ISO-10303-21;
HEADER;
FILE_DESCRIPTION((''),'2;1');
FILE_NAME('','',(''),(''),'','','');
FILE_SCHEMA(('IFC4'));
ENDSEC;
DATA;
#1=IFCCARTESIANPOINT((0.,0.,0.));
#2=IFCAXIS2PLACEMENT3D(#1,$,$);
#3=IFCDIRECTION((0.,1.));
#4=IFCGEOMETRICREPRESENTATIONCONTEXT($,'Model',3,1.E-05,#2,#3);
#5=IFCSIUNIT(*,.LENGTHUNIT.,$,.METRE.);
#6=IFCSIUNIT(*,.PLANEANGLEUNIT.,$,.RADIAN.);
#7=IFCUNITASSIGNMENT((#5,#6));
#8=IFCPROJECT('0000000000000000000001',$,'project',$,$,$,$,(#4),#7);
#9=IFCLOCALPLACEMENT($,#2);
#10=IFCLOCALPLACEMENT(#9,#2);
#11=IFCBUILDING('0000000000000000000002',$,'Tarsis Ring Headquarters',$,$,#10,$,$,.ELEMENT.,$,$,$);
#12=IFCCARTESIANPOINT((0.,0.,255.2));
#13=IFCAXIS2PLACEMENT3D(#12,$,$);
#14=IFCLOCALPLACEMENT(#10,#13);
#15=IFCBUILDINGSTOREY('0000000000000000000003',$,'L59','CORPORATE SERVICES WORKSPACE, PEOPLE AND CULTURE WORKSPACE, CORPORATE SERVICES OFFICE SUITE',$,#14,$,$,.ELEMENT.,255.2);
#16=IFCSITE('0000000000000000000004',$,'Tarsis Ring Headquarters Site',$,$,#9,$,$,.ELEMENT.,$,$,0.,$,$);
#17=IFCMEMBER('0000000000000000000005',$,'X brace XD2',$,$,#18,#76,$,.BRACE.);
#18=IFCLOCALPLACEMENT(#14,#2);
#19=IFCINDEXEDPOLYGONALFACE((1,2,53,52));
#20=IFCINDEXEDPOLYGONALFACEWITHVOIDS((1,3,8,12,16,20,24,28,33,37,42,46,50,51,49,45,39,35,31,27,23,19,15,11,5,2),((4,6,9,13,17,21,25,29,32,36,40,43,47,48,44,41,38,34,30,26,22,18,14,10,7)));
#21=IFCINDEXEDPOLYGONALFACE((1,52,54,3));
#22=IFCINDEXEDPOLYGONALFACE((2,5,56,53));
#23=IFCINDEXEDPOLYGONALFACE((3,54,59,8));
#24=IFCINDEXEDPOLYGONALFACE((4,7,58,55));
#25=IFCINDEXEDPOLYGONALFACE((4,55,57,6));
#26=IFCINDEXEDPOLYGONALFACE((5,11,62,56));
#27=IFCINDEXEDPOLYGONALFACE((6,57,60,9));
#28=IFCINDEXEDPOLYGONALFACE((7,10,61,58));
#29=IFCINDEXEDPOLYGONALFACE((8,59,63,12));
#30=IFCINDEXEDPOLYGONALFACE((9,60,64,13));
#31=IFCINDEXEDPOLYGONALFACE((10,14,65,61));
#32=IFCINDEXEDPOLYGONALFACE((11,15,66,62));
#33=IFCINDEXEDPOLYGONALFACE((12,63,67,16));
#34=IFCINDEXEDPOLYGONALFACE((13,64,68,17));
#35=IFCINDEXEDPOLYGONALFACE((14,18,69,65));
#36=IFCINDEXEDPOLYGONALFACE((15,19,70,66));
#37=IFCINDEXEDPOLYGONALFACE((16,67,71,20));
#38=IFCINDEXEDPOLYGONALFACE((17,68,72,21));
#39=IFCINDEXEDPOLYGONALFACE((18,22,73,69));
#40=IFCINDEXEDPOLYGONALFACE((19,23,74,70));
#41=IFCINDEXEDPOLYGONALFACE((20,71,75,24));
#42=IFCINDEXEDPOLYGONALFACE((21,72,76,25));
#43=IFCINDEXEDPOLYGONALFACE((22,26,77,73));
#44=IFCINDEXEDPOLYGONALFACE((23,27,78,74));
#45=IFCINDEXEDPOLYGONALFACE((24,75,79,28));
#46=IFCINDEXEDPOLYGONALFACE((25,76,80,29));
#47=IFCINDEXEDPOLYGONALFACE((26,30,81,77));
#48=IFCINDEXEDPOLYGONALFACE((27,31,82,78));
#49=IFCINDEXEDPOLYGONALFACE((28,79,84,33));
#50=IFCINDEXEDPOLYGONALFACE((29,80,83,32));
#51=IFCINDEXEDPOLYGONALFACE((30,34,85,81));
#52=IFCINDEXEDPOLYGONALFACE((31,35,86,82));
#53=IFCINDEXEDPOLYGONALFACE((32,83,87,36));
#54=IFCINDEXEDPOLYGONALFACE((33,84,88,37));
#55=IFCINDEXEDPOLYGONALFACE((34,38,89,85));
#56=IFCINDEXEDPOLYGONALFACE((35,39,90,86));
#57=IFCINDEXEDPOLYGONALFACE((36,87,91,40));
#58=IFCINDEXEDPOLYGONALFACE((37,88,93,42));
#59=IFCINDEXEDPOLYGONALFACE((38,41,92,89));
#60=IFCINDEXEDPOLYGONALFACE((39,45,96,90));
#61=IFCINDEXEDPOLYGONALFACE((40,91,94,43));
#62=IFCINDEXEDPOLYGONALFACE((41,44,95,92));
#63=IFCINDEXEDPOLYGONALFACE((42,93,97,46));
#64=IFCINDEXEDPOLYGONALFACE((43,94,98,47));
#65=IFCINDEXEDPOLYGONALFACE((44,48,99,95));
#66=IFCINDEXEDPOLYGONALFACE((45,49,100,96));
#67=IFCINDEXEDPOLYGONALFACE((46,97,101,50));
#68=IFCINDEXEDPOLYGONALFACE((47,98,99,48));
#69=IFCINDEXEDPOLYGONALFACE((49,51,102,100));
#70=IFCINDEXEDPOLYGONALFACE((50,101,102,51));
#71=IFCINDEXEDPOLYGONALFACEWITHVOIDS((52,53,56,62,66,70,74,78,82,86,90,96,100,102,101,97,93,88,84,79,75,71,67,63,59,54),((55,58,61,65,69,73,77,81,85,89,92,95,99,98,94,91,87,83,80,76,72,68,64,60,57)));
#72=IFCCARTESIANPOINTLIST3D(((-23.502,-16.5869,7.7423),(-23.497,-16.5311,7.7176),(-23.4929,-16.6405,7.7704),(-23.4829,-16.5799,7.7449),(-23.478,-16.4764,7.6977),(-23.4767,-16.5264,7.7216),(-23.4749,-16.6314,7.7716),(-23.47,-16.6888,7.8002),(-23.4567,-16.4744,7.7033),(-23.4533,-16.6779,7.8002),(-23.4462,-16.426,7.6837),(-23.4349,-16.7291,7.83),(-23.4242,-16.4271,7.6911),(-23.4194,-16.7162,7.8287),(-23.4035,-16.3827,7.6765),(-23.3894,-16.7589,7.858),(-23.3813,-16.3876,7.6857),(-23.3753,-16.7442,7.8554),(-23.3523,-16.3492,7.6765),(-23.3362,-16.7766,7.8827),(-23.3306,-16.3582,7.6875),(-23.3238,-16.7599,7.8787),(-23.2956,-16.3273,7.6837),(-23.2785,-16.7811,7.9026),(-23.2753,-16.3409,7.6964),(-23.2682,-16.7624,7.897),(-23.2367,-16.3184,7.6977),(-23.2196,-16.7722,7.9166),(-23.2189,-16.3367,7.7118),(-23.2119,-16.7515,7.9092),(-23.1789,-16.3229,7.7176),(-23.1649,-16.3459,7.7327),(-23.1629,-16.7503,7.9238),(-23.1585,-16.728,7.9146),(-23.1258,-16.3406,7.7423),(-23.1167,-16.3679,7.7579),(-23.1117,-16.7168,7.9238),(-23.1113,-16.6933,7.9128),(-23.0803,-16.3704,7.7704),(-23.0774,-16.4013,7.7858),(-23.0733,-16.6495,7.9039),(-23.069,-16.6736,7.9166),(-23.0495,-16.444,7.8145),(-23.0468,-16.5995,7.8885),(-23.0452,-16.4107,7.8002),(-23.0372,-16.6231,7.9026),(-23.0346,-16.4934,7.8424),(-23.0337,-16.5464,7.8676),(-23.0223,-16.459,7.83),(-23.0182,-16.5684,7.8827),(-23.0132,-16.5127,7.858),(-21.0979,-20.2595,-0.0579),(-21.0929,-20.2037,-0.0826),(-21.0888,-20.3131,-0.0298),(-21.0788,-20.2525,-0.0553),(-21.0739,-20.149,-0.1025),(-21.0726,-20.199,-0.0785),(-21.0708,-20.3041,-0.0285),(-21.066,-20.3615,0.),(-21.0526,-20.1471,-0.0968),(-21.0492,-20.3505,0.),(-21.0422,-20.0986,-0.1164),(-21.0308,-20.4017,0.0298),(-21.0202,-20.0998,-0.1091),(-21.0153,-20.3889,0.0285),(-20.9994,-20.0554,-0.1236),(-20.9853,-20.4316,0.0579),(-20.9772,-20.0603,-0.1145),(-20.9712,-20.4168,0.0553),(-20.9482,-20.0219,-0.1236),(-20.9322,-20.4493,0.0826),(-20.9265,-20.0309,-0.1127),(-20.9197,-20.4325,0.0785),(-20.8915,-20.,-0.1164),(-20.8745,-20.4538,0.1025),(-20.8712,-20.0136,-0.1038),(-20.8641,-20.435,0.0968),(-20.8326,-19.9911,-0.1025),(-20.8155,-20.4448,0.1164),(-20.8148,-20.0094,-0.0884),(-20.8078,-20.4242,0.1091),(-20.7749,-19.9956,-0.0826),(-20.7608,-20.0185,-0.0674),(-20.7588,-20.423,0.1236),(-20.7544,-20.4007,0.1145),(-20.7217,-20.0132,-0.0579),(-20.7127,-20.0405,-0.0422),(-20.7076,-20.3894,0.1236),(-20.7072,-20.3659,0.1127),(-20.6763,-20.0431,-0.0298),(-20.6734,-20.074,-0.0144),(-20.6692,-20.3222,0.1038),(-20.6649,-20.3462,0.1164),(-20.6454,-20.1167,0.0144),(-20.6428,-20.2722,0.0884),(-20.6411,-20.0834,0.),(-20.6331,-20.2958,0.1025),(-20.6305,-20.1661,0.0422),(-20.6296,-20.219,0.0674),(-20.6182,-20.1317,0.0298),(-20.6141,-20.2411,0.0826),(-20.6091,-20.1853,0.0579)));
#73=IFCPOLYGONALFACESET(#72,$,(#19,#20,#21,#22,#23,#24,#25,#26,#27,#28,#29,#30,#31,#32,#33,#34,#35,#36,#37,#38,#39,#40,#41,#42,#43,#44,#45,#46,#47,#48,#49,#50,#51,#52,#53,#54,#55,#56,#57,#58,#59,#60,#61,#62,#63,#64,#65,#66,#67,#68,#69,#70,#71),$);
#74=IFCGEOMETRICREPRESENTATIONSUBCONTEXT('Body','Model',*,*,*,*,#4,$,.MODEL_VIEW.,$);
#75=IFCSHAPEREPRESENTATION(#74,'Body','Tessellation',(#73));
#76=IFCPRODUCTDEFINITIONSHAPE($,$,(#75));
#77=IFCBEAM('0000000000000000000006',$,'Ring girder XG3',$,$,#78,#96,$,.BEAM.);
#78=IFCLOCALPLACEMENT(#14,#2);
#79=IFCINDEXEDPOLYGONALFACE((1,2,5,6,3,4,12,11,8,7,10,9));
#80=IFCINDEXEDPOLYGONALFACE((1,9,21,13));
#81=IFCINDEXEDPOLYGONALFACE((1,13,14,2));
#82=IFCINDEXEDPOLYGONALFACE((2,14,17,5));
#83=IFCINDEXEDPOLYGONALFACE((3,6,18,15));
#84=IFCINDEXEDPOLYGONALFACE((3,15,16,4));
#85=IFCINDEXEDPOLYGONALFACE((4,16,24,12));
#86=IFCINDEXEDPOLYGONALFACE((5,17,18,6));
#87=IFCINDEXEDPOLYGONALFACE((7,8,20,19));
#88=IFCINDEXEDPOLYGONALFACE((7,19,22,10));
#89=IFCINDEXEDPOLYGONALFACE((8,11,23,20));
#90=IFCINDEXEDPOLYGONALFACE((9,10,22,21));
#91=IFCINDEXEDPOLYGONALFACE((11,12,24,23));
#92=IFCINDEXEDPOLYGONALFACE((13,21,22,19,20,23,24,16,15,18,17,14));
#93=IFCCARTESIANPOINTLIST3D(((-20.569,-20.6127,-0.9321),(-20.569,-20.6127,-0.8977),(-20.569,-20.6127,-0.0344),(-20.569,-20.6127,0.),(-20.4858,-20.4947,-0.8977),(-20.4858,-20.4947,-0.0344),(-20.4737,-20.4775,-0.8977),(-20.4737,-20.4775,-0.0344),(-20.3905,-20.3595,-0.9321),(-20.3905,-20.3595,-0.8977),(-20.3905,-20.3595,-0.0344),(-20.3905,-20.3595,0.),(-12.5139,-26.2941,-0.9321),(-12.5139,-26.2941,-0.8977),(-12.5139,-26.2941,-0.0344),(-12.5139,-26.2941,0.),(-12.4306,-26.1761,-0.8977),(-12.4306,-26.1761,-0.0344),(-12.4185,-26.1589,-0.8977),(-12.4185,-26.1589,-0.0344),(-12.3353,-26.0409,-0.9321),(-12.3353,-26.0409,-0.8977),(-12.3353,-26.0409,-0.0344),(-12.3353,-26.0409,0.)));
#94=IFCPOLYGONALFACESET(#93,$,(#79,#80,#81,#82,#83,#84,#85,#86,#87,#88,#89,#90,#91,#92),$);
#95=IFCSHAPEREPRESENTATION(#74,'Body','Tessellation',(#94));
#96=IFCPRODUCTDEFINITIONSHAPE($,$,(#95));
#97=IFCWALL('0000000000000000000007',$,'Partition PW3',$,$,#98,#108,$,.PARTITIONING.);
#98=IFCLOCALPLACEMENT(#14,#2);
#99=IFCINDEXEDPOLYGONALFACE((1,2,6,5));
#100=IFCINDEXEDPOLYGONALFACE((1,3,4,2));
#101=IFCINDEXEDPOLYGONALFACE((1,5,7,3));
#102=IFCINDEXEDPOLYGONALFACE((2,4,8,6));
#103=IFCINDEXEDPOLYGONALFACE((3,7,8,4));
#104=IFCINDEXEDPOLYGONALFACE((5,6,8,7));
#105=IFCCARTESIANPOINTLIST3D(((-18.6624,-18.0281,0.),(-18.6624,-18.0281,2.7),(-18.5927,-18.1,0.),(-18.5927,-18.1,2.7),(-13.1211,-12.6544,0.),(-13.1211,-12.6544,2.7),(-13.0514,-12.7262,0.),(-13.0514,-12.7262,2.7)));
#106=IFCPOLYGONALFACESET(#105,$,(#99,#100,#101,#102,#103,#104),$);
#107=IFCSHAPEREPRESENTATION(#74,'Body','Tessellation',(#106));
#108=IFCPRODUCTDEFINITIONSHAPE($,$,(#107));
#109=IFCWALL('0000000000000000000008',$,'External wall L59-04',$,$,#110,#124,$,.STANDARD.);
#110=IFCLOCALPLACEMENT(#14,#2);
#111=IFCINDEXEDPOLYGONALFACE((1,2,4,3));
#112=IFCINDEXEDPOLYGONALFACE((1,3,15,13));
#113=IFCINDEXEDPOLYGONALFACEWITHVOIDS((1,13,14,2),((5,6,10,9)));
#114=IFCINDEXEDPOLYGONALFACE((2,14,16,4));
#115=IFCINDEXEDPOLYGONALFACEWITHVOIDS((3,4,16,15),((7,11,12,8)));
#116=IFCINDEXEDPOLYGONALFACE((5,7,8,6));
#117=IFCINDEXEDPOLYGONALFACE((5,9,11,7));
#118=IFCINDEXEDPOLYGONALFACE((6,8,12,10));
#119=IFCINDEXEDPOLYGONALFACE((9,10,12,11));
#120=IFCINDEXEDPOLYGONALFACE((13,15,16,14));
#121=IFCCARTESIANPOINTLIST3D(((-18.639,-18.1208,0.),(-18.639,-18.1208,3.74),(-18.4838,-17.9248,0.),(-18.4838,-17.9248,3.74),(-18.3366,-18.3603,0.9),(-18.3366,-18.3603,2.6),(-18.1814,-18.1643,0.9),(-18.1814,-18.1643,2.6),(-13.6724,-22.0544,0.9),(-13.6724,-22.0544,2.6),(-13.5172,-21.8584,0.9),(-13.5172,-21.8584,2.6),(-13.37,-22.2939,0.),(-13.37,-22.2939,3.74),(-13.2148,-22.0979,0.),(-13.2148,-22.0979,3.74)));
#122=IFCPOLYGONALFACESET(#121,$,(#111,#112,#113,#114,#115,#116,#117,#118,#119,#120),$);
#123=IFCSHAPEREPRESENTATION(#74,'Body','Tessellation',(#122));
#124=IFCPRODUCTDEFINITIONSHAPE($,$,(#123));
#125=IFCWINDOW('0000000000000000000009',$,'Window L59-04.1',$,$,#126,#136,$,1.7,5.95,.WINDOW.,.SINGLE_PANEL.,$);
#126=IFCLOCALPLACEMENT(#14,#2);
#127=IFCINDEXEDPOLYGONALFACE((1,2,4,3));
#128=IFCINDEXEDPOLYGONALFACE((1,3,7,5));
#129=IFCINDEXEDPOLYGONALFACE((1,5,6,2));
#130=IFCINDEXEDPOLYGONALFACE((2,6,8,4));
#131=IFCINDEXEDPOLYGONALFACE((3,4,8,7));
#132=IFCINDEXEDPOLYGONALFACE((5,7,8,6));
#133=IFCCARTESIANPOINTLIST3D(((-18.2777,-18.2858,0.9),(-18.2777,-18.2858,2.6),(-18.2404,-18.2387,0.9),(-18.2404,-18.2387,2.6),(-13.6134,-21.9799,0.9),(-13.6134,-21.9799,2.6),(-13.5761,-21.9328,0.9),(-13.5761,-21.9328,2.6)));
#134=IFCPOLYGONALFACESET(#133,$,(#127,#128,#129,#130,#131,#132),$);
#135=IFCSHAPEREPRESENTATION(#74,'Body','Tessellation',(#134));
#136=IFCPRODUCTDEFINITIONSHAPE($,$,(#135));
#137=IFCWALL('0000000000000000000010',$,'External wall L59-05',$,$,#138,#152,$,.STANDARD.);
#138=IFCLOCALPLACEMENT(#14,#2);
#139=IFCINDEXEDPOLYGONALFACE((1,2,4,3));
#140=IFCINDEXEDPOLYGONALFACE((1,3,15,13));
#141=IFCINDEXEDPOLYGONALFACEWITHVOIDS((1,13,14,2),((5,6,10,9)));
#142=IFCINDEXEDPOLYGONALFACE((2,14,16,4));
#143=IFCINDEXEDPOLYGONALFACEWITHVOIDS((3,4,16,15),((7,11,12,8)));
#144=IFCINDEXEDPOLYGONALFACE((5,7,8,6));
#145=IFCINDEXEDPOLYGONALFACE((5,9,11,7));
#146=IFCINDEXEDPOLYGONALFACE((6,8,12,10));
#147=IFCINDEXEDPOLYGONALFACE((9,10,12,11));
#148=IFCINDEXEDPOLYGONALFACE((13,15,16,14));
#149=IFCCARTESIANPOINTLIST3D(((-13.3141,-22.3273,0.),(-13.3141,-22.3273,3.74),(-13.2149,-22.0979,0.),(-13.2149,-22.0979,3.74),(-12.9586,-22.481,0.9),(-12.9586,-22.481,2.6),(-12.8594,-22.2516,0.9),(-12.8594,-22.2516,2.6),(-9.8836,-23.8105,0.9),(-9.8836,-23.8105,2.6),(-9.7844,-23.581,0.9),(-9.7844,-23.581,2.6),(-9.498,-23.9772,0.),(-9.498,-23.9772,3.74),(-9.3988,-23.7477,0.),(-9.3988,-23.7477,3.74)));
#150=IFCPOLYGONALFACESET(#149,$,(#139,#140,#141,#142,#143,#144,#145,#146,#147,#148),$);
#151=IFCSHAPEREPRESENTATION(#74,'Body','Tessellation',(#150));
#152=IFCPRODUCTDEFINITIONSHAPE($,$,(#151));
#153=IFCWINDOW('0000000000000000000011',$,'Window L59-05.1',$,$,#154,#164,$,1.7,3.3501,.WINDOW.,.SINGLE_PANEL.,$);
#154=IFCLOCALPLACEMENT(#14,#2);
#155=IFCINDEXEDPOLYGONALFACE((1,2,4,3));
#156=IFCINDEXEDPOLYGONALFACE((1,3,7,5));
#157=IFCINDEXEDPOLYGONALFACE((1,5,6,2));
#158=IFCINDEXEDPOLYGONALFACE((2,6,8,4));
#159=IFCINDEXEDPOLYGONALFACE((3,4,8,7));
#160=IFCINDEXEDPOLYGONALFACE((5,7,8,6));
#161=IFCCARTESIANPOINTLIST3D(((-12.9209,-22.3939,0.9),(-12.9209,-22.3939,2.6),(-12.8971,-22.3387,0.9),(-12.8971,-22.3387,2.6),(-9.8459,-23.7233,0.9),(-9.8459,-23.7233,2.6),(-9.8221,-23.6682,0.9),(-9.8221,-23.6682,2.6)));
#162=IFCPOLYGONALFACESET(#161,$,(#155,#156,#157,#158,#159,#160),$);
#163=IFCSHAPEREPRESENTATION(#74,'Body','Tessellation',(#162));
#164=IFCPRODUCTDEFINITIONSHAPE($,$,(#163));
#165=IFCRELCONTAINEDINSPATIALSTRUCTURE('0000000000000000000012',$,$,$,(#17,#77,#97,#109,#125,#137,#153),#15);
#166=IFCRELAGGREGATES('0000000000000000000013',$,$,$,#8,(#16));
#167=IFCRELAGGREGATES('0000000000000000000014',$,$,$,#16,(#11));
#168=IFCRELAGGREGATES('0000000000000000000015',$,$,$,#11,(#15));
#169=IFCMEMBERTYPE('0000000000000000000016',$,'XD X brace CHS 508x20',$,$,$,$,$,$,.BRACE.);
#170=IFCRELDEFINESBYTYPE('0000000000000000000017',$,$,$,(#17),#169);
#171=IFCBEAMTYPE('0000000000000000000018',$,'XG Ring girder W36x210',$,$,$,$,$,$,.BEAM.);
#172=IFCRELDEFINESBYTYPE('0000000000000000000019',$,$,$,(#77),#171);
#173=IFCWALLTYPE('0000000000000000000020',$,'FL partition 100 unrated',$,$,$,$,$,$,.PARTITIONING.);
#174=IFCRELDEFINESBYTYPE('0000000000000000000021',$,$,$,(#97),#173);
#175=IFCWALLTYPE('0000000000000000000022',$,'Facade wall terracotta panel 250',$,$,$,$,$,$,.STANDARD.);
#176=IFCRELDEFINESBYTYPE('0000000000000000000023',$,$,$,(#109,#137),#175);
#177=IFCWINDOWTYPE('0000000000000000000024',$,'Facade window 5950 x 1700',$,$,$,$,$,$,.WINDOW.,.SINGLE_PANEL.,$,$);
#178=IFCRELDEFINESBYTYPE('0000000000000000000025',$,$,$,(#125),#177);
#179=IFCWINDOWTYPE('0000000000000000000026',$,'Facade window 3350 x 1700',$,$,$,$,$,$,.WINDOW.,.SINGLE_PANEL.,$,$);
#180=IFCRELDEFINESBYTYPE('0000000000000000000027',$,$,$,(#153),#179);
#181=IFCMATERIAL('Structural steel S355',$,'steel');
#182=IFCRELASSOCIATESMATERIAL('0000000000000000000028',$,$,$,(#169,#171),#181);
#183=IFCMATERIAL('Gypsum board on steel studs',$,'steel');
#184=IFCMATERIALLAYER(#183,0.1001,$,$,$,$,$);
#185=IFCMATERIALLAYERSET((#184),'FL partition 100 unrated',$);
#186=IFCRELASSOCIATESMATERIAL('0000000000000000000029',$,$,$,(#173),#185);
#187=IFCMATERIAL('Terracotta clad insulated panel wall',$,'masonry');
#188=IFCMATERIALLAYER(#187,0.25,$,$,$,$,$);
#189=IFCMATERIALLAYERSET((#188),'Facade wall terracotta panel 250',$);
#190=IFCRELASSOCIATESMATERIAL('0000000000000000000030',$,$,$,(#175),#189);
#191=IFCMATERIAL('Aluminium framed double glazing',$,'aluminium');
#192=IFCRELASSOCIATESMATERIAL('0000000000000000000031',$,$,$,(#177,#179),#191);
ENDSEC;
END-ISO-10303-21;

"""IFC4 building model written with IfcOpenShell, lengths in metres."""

from ifc_helpers import new_model, si_unit, direction, frame, frame_2d, origin, origin_2d, place, context, subcontext, project, spatial, rectangle, hollow_circle, i_section, extrude, material, layer, layer_set, material_profile, profile_set, type_object, element, fill, save


model = new_model("IFC4")

# Units and contexts
model_context = context("Model", 3, precision=1e-05, world=origin(), true_north=direction((0.0, 1.0)))
body_context = subcontext(model_context, "Body", "Model", "MODEL_VIEW")
ifc_project = project(units=[si_unit("LENGTHUNIT", "METRE"), si_unit("PLANEANGLEUNIT", "RADIAN")], contexts=[model_context])

# Site, building, storey
site_placement = place(None, origin())
site = spatial("IfcSite", under=ifc_project, at=site_placement, Name="Tarsis Ring Headquarters Site", CompositionType="ELEMENT", RefElevation=0.0)
building_placement = place(site_placement, origin())
building = spatial("IfcBuilding", under=site, at=building_placement, Name="Tarsis Ring Headquarters", CompositionType="ELEMENT")
storey_placement = place(building_placement, frame((0.0, 0.0, 255.2)))
storey = spatial("IfcBuildingStorey", under=building, at=storey_placement, Name="L59", Description="CORPORATE SERVICES WORKSPACE, PEOPLE AND CULTURE WORKSPACE, CORPORATE SERVICES OFFICE SUITE", CompositionType="ELEMENT", Elevation=255.2)

# Shared definitions
ifc_material_1 = material(Name="Structural steel S355", Category="steel")

# Member
ifc_material_profile_1 = material_profile(ifc_material_1, hollow_circle(Radius=0.2539, WallThickness=0.02, at=origin_2d()), Name="CHS 508x20")
ifc_profile_set_1 = profile_set([ifc_material_profile_1], Name="Structural steel S355")
member_type = type_object("IfcMemberType", Name="XD X brace CHS 508x20", PredefinedType="BRACE", material=ifc_profile_set_1)
for number, where, z_axis, x_axis, name in (
    (1, (-20.8535, -20.2224, 0.0), (-0.2686, 0.410332, 0.871482), (-0.836684, -0.547685, 0.0), "X brace XD2"),
):
    element("IfcMember", number, at=place(storey_placement, frame(where, z_axis=z_axis, x_axis=x_axis)), inside=storey, type_object=member_type, Name=name, PredefinedType="BRACE", context=body_context, shape_type="SweptSolid", body=[
        extrude(hollow_circle(Radius=0.2539, WallThickness=0.02, at=origin_2d()), origin(), (0.0, 0.0, 1.0), 8.9504),
    ])

# Beam
ifc_material_profile_2 = material_profile(ifc_material_1, i_section(OverallWidth=0.3098, OverallDepth=0.9321, WebThickness=0.021, FlangeThickness=0.0344, at=origin_2d()), Name="W36x210")
ifc_profile_set_2 = profile_set([ifc_material_profile_2], Name="Structural steel S355")
beam_type_1 = type_object("IfcBeamType", Name="XG Ring girder W36x210", PredefinedType="BEAM", material=ifc_profile_set_2)
beam_1_placement = place(storey_placement, frame((-20.4797, -20.4861, -0.4661), z_axis=(0.817188, -0.576371, 0.0), x_axis=(0.576371, 0.817188, 0.0)))
element("IfcBeam", 2, at=beam_1_placement, inside=storey, type_object=beam_type_1, Name="Ring girder XG3", PredefinedType="BEAM", context=body_context, shape_type="SweptSolid", body=[
    extrude(i_section(OverallWidth=0.3098, OverallDepth=0.9321, WebThickness=0.021, FlangeThickness=0.0344, at=origin_2d()), origin(), (0.0, 0.0, 1.0), 9.8572),
])

# Wall
ifc_material_2 = material(Name="Gypsum board on steel studs", Category="steel")
ifc_layer_1 = layer(ifc_material_2, 0.1001)
ifc_layer_set_1 = layer_set([ifc_layer_1], Name="FL partition 100 unrated")
wall_type_1 = type_object("IfcWallType", Name="FL partition 100 unrated", PredefinedType="PARTITIONING", material=ifc_layer_set_1)
wall_1_placement = place(storey_placement, frame((-18.6274, -18.064, 0.0), z_axis=(0.0, 0.0, 1.0), x_axis=(0.717872, 0.696175, 0.0)))
element("IfcWall", 3, at=wall_1_placement, inside=storey, type_object=wall_type_1, Name="Partition PW3", PredefinedType="PARTITIONING", context=body_context, shape_type="SweptSolid", body=[
    extrude(rectangle(XDim=7.719, YDim=0.1001, at=frame_2d((3.8594, 0.0))), origin(), (0.0, 0.0, 1.0), 2.7),
])

# Walls, openings, windows
ifc_material_3 = material(Name="Terracotta clad insulated panel wall", Category="masonry")
ifc_layer_2 = layer(ifc_material_3, 0.25)
ifc_layer_set_2 = layer_set([ifc_layer_2], Name="Facade wall terracotta panel 250")
wall_type_2 = type_object("IfcWallType", Name="Facade wall terracotta panel 250", PredefinedType="STANDARD", material=ifc_layer_set_2)
wall_2_placement = place(storey_placement, frame((-18.5615, -18.0227, 0.0), z_axis=(0.0, 0.0, 1.0), x_axis=(0.783918, -0.620865, 0.0)))
wall_2 = element("IfcWall", 4, at=wall_2_placement, inside=storey, type_object=wall_type_2, Name="External wall L59-04", PredefinedType="STANDARD", context=body_context, shape_type="SweptSolid", body=[
    extrude(rectangle(XDim=6.7214, YDim=0.25, at=frame_2d((3.3608, 0.0))), origin(), (0.0, 0.0, 1.0), 3.74),
])
opening_1_placement = place(wall_2_placement, frame((0.3857, 0.0, 0.8999)))
opening_1 = element("IfcOpeningElement", 5, at=opening_1_placement, cuts=wall_2, PredefinedType="OPENING", context=body_context, shape_type="SweptSolid", body=[
    extrude(rectangle(XDim=5.95, YDim=1.7, at=frame_2d((2.9751, 0.8501))), frame((0.0, 0.135, 0.0), z_axis=(0.0, -1.0, 0.0), x_axis=(1.0, 0.0, 0.0)), (0.0, 0.0, 1.0), 0.27),
])
ifc_material_4 = material(Name="Aluminium framed double glazing", Category="aluminium")
window_type_1 = type_object("IfcWindowType", Name="Facade window 5950 x 1700", PartitioningType="SINGLE_PANEL", PredefinedType="WINDOW", material=ifc_material_4)
window_1_placement = place(opening_1_placement, origin())
window_1 = element("IfcWindow", 6, at=window_1_placement, inside=storey, type_object=window_type_1, Name="Window L59-04.1", OverallHeight=1.7, OverallWidth=5.95, PartitioningType="SINGLE_PANEL", PredefinedType="WINDOW", context=body_context, shape_type="SweptSolid", body=[
    extrude(rectangle(XDim=5.95, YDim=1.7, at=frame_2d((2.9751, 0.8501))), frame((0.0, 0.03, 0.0), z_axis=(0.0, -1.0, 0.0), x_axis=(1.0, 0.0, 0.0)), (0.0, 0.0, 1.0), 0.0601),
])
fill(opening_1, window_1)
wall_3_placement = place(storey_placement, frame((-13.2644, -22.2126, 0.0), z_axis=(0.0, 0.0, 1.0), x_axis=(0.917886, -0.396844, 0.0)))
wall_3 = element("IfcWall", 7, at=wall_3_placement, inside=storey, type_object=wall_type_2, Name="External wall L59-05", PredefinedType="STANDARD", context=body_context, shape_type="SweptSolid", body=[
    extrude(rectangle(XDim=4.1575, YDim=0.25, at=frame_2d((2.0786, 0.0))), origin(), (0.0, 0.0, 1.0), 3.74),
])
opening_2_placement = place(wall_3_placement, frame((0.3872, 0.0, 0.8999)))
opening_2 = element("IfcOpeningElement", 8, at=opening_2_placement, cuts=wall_3, PredefinedType="OPENING", context=body_context, shape_type="SweptSolid", body=[
    extrude(rectangle(XDim=3.3501, YDim=1.7, at=frame_2d((1.675, 0.8501))), frame((0.0, 0.135, 0.0), z_axis=(0.0, -1.0, 0.0), x_axis=(1.0, 0.0, 0.0)), (0.0, 0.0, 1.0), 0.27),
])
window_type_2 = type_object("IfcWindowType", Name="Facade window 3350 x 1700", PartitioningType="SINGLE_PANEL", PredefinedType="WINDOW", material=ifc_material_4)
window_2_placement = place(opening_2_placement, origin())
window_2 = element("IfcWindow", 9, at=window_2_placement, inside=storey, type_object=window_type_2, Name="Window L59-05.1", OverallHeight=1.7, OverallWidth=3.3501, PartitioningType="SINGLE_PANEL", PredefinedType="WINDOW", context=body_context, shape_type="SweptSolid", body=[
    extrude(rectangle(XDim=3.3501, YDim=1.7, at=frame_2d((1.675, 0.8501))), frame((0.0, 0.03, 0.0), z_axis=(0.0, -1.0, 0.0), x_axis=(1.0, 0.0, 0.0)), (0.0, 0.0, 1.0), 0.0601),
])
fill(opening_2, window_2)

save(model, "model.ifc")
